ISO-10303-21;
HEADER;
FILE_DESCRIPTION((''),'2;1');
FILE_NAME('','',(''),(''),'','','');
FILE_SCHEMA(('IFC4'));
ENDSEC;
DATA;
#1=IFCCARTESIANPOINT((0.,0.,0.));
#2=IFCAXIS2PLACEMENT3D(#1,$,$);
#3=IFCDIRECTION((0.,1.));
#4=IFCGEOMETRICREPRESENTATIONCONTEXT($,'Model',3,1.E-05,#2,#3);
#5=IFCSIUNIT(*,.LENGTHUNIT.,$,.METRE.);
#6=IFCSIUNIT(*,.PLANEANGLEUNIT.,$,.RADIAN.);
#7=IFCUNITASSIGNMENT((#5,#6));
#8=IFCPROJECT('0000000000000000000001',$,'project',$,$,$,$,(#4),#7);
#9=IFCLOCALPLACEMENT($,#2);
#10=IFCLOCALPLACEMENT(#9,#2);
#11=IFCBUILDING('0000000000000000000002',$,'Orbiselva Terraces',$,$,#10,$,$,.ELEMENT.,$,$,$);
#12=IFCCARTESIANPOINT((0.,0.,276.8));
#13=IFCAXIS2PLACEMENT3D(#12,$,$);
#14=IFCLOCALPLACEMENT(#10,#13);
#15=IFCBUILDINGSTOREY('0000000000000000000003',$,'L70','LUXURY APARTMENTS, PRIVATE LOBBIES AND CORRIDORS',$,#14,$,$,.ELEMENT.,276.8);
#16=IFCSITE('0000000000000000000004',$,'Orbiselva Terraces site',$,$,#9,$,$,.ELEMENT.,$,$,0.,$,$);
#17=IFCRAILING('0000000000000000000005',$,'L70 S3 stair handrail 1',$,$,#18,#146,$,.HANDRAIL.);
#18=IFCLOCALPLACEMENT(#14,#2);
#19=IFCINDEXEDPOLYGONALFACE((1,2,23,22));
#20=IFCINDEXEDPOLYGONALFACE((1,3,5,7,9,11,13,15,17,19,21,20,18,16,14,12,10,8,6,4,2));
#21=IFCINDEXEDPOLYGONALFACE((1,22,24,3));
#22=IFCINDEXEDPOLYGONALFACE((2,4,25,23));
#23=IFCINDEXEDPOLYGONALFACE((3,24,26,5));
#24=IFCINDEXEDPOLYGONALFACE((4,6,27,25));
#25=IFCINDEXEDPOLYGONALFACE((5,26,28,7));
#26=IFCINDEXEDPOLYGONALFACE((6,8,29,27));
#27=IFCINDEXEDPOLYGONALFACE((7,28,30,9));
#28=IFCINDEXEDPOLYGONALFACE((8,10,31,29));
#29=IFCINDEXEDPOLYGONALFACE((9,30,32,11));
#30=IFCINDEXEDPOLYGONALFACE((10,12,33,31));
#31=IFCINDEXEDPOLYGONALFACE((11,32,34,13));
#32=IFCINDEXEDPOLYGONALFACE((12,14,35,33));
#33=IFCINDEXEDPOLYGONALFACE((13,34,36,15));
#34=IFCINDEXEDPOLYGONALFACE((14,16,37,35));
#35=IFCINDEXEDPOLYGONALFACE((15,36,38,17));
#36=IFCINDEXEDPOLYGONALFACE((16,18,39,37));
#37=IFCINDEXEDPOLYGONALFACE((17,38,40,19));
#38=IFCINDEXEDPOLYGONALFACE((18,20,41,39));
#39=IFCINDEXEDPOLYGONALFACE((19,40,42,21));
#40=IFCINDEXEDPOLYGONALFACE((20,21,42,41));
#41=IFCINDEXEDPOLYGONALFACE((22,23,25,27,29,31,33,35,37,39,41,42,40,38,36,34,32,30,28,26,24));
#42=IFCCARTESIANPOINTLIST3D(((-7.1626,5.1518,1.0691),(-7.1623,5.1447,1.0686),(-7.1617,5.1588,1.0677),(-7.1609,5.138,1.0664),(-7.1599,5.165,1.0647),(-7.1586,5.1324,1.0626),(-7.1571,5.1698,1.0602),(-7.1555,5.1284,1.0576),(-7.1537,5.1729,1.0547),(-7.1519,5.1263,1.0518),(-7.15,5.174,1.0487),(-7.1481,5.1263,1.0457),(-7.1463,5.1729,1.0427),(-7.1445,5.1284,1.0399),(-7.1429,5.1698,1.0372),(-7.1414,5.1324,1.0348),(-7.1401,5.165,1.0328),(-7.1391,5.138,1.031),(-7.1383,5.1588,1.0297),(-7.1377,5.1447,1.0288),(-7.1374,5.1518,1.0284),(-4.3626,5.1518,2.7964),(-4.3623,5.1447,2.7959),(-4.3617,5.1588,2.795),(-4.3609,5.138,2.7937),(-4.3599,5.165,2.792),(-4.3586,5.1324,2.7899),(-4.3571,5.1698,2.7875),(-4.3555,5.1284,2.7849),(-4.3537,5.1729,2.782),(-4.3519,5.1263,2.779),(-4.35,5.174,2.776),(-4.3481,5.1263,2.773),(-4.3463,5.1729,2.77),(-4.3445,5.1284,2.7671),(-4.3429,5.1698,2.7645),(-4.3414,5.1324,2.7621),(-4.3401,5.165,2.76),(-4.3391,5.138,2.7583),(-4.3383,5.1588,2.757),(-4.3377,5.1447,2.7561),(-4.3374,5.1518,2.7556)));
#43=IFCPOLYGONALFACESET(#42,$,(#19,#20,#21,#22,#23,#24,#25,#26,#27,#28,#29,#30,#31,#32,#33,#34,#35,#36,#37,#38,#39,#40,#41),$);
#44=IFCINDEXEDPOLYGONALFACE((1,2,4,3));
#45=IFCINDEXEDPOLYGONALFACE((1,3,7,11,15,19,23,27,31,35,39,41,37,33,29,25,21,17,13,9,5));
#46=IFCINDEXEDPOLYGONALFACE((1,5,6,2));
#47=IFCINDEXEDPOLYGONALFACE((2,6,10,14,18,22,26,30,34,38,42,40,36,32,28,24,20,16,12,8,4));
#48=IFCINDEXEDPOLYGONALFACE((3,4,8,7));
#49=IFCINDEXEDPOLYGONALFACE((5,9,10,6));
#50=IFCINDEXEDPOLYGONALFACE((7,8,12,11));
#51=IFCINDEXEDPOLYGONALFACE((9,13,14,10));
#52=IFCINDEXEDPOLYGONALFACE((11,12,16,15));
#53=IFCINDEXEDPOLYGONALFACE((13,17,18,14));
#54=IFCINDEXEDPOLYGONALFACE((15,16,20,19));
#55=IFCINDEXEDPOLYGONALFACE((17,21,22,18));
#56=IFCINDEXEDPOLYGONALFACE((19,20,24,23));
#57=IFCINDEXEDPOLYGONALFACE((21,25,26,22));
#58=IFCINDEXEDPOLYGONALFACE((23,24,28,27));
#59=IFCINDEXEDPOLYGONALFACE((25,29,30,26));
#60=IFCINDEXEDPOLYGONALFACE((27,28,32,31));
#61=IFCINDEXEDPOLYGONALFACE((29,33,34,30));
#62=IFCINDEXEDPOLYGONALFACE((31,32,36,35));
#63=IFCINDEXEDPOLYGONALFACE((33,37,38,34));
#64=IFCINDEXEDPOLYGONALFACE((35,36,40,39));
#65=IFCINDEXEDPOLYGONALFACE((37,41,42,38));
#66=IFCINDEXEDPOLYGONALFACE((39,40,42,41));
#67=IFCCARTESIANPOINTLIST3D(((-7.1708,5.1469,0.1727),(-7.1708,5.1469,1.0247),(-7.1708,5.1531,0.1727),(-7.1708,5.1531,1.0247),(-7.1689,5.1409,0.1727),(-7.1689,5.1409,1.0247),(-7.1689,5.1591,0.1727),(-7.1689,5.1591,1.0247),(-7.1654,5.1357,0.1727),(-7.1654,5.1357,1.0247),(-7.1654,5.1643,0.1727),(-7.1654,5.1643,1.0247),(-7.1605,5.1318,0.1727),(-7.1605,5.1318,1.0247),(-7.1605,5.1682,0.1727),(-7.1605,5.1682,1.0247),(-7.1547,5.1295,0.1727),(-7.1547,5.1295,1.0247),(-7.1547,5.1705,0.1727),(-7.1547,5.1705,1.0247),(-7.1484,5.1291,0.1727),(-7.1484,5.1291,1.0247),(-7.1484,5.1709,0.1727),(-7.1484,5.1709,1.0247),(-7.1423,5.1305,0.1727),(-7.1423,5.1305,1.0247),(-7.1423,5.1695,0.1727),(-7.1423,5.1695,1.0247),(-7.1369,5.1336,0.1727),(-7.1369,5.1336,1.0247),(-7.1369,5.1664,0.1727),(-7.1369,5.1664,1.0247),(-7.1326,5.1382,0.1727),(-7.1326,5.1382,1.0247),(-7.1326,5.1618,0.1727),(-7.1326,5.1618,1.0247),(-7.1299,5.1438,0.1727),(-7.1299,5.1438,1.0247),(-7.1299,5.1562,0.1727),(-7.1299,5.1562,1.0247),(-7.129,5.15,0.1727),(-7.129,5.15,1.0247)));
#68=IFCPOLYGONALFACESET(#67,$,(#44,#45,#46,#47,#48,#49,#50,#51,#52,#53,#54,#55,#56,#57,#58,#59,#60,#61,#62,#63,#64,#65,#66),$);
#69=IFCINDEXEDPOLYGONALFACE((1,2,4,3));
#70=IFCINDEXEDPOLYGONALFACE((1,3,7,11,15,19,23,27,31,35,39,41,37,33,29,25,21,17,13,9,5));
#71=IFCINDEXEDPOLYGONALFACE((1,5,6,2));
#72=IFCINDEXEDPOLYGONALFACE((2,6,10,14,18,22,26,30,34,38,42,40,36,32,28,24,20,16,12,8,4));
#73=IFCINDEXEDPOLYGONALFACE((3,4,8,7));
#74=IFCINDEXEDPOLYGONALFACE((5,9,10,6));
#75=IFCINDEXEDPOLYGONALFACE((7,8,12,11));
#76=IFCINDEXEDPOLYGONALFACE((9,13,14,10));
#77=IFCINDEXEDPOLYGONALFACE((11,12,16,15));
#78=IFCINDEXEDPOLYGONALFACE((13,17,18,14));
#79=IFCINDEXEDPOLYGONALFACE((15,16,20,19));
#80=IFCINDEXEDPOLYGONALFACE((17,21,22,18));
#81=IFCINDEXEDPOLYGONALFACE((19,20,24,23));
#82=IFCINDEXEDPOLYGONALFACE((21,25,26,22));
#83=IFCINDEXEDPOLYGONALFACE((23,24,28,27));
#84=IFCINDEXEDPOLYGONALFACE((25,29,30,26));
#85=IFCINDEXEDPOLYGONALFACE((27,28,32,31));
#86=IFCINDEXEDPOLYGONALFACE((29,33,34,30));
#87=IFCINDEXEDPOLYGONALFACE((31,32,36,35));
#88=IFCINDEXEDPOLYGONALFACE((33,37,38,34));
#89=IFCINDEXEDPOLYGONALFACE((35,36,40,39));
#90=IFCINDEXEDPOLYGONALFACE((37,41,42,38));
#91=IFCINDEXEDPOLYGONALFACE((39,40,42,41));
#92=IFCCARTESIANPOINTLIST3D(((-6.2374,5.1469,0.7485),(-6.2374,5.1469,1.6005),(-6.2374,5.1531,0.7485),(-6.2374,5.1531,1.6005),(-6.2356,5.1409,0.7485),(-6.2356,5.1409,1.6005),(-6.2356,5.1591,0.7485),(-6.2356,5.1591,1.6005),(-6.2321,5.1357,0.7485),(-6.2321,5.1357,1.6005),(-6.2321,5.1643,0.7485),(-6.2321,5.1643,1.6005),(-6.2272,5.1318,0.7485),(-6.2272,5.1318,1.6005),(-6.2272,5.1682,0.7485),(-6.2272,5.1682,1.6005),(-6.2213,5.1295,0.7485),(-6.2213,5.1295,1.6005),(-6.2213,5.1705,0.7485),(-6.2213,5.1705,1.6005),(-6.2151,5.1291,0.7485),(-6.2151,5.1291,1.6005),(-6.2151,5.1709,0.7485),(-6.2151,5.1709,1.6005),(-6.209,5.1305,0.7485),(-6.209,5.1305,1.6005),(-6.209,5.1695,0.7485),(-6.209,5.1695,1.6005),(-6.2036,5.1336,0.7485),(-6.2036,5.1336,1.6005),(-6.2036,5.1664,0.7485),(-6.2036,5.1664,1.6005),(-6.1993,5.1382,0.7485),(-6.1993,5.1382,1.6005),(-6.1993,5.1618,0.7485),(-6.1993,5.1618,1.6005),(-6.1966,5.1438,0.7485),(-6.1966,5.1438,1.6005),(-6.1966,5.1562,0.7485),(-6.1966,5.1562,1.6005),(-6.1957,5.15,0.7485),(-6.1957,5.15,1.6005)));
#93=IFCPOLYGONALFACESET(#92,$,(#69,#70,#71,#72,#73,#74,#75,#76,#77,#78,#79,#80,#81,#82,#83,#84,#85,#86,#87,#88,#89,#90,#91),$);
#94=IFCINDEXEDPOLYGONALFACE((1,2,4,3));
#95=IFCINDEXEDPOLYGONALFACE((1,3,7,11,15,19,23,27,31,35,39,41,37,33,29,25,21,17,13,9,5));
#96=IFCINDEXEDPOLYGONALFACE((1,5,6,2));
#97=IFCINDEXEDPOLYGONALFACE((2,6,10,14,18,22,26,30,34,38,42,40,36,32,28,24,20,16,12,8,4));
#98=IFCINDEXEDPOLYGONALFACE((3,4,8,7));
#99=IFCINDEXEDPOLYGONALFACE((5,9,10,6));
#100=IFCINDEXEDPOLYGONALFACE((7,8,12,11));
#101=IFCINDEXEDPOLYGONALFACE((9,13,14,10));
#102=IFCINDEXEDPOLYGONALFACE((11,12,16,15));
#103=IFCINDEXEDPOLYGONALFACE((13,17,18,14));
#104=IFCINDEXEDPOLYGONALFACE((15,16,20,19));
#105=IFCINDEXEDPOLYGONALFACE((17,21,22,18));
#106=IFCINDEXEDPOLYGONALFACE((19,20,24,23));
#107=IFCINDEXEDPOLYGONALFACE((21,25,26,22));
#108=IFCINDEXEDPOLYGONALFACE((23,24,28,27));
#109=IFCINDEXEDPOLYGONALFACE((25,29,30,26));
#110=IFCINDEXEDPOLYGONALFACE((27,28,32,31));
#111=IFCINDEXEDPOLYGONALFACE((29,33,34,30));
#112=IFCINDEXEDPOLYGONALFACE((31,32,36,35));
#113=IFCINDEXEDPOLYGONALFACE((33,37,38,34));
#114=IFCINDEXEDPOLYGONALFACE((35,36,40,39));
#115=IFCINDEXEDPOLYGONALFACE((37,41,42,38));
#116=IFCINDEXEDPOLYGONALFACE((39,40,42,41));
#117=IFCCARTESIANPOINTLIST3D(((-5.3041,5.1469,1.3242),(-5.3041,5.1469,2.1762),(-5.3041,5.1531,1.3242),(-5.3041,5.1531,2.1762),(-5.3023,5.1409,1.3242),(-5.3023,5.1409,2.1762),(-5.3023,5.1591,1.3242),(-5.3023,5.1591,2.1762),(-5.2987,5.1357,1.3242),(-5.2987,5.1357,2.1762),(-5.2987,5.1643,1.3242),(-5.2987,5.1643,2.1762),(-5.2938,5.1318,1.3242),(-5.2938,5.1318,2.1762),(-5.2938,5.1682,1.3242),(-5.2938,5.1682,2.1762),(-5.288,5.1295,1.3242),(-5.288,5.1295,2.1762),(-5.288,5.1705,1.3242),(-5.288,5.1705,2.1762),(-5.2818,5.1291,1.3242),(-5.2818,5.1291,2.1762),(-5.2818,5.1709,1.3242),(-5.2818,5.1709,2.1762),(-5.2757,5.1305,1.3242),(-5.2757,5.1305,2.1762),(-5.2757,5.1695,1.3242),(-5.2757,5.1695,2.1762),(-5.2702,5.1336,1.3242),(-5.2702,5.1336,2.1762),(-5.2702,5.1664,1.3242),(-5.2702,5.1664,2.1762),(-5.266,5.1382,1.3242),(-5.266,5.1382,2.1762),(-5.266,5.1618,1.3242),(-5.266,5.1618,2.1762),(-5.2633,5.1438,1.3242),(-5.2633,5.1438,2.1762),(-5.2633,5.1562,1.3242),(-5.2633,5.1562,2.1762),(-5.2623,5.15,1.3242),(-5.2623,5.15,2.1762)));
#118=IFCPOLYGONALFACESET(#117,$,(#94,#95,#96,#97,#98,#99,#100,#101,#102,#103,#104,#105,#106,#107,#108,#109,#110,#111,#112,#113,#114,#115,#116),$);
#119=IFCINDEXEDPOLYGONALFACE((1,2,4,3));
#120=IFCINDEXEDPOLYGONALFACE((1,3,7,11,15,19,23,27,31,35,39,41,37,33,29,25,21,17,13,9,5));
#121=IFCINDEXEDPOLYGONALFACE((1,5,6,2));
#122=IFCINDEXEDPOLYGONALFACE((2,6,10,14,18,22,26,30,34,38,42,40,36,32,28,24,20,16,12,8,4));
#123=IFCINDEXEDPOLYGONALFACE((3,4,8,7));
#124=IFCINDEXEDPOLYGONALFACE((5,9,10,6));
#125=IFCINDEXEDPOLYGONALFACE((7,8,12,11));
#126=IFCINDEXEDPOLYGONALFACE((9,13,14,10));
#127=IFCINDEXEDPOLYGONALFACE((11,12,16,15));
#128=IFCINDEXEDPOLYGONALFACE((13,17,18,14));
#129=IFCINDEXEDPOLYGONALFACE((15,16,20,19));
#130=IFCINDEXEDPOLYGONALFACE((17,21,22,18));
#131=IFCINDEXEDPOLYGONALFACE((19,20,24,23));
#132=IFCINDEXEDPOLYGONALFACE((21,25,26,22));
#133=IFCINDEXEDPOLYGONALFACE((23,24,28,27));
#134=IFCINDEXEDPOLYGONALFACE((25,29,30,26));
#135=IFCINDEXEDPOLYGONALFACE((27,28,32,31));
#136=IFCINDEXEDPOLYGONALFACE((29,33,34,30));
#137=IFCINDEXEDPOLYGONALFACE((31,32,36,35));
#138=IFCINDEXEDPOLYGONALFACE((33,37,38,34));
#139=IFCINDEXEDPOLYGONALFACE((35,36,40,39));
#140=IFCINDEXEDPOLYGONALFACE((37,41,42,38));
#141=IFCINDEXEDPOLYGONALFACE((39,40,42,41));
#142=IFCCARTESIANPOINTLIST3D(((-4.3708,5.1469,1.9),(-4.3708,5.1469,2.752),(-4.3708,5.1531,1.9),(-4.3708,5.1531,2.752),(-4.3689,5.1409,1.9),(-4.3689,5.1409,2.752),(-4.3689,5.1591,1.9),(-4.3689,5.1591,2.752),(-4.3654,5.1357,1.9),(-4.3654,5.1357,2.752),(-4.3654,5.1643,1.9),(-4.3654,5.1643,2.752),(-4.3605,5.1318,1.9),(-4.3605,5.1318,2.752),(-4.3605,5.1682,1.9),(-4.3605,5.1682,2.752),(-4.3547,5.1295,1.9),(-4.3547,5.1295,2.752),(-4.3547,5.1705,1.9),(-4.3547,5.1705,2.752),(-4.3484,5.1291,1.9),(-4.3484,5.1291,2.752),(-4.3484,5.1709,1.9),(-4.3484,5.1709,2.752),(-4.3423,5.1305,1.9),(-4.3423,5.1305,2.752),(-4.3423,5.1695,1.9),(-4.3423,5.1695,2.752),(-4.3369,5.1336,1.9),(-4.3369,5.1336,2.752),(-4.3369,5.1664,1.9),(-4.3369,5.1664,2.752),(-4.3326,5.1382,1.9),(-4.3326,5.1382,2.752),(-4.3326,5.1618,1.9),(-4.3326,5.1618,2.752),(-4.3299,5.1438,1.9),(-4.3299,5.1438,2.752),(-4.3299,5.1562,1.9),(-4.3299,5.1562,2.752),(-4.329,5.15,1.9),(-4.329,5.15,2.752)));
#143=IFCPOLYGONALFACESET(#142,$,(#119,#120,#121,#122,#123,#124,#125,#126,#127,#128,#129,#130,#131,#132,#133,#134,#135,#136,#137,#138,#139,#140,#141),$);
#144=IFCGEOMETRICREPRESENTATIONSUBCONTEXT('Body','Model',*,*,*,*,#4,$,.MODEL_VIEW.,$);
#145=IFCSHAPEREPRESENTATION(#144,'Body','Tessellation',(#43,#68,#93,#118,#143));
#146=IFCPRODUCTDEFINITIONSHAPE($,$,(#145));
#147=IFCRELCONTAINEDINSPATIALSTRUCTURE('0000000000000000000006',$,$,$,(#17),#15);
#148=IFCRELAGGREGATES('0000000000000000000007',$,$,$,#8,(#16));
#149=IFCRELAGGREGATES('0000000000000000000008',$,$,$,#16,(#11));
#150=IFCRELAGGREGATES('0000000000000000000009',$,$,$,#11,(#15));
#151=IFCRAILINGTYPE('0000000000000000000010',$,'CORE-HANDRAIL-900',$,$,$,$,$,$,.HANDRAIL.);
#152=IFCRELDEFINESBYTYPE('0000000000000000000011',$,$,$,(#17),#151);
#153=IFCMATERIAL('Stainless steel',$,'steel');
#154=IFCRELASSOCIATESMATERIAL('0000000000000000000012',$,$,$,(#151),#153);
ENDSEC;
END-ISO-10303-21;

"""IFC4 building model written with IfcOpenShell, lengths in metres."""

from ifc_helpers import new_model, si_unit, direction, frame, origin, origin_2d, place, context, subcontext, project, spatial, circle, extrude, material, type_object, element, save


model = new_model("IFC4")

# Units and contexts
model_context = context("Model", 3, precision=1e-05, world=origin(), true_north=direction((0.0, 1.0)))
body_context = subcontext(model_context, "Body", "Model", "MODEL_VIEW")
ifc_project = project(units=[si_unit("LENGTHUNIT", "METRE"), si_unit("PLANEANGLEUNIT", "RADIAN")], contexts=[model_context])

# Site, building, storey
site_placement = place(None, origin())
site = spatial("IfcSite", under=ifc_project, at=site_placement, Name="Orbiselva Terraces site", CompositionType="ELEMENT", RefElevation=0.0)
building_placement = place(site_placement, origin())
building = spatial("IfcBuilding", under=site, at=building_placement, Name="Orbiselva Terraces", CompositionType="ELEMENT")
storey_placement = place(building_placement, frame((0.0, 0.0, 276.8)))
storey = spatial("IfcBuildingStorey", under=building, at=storey_placement, Name="L70", Description="LUXURY APARTMENTS, PRIVATE LOBBIES AND CORRIDORS", CompositionType="ELEMENT", Elevation=276.8)

# Railing
ifc_material_1 = material(Name="Stainless steel", Category="steel")
railing_type_1 = type_object("IfcRailingType", Name="CORE-HANDRAIL-900", PredefinedType="HANDRAIL", material=ifc_material_1)
railing_1_placement = place(storey_placement, frame((-7.15, 5.15, 0.1727)))
element("IfcRailing", 1, at=railing_1_placement, inside=storey, type_object=railing_type_1, Name="L70 S3 stair handrail 1", PredefinedType="HANDRAIL", context=body_context, shape_type="SweptSolid", body=[
    extrude(circle(Radius=0.024, at=origin_2d()), frame((0.0, 0.0, 0.876), z_axis=(0.851089, 0.0, 0.525022), x_axis=(0.0, 1.0, 0.0)), (0.0, 0.0, 1.0), 3.2899),
    extrude(circle(Radius=0.021, at=origin_2d()), origin(), (0.0, 0.0, 1.0), 0.852),
    extrude(circle(Radius=0.021, at=origin_2d()), frame((0.9333, 0.0, 0.5758)), (0.0, 0.0, 1.0), 0.852),
    extrude(circle(Radius=0.021, at=origin_2d()), frame((1.8667, 0.0, 1.1515)), (0.0, 0.0, 1.0), 0.852),
    extrude(circle(Radius=0.021, at=origin_2d()), frame((2.8, 0.0, 1.7273)), (0.0, 0.0, 1.0), 0.852),
])

save(model, "model.ifc")
